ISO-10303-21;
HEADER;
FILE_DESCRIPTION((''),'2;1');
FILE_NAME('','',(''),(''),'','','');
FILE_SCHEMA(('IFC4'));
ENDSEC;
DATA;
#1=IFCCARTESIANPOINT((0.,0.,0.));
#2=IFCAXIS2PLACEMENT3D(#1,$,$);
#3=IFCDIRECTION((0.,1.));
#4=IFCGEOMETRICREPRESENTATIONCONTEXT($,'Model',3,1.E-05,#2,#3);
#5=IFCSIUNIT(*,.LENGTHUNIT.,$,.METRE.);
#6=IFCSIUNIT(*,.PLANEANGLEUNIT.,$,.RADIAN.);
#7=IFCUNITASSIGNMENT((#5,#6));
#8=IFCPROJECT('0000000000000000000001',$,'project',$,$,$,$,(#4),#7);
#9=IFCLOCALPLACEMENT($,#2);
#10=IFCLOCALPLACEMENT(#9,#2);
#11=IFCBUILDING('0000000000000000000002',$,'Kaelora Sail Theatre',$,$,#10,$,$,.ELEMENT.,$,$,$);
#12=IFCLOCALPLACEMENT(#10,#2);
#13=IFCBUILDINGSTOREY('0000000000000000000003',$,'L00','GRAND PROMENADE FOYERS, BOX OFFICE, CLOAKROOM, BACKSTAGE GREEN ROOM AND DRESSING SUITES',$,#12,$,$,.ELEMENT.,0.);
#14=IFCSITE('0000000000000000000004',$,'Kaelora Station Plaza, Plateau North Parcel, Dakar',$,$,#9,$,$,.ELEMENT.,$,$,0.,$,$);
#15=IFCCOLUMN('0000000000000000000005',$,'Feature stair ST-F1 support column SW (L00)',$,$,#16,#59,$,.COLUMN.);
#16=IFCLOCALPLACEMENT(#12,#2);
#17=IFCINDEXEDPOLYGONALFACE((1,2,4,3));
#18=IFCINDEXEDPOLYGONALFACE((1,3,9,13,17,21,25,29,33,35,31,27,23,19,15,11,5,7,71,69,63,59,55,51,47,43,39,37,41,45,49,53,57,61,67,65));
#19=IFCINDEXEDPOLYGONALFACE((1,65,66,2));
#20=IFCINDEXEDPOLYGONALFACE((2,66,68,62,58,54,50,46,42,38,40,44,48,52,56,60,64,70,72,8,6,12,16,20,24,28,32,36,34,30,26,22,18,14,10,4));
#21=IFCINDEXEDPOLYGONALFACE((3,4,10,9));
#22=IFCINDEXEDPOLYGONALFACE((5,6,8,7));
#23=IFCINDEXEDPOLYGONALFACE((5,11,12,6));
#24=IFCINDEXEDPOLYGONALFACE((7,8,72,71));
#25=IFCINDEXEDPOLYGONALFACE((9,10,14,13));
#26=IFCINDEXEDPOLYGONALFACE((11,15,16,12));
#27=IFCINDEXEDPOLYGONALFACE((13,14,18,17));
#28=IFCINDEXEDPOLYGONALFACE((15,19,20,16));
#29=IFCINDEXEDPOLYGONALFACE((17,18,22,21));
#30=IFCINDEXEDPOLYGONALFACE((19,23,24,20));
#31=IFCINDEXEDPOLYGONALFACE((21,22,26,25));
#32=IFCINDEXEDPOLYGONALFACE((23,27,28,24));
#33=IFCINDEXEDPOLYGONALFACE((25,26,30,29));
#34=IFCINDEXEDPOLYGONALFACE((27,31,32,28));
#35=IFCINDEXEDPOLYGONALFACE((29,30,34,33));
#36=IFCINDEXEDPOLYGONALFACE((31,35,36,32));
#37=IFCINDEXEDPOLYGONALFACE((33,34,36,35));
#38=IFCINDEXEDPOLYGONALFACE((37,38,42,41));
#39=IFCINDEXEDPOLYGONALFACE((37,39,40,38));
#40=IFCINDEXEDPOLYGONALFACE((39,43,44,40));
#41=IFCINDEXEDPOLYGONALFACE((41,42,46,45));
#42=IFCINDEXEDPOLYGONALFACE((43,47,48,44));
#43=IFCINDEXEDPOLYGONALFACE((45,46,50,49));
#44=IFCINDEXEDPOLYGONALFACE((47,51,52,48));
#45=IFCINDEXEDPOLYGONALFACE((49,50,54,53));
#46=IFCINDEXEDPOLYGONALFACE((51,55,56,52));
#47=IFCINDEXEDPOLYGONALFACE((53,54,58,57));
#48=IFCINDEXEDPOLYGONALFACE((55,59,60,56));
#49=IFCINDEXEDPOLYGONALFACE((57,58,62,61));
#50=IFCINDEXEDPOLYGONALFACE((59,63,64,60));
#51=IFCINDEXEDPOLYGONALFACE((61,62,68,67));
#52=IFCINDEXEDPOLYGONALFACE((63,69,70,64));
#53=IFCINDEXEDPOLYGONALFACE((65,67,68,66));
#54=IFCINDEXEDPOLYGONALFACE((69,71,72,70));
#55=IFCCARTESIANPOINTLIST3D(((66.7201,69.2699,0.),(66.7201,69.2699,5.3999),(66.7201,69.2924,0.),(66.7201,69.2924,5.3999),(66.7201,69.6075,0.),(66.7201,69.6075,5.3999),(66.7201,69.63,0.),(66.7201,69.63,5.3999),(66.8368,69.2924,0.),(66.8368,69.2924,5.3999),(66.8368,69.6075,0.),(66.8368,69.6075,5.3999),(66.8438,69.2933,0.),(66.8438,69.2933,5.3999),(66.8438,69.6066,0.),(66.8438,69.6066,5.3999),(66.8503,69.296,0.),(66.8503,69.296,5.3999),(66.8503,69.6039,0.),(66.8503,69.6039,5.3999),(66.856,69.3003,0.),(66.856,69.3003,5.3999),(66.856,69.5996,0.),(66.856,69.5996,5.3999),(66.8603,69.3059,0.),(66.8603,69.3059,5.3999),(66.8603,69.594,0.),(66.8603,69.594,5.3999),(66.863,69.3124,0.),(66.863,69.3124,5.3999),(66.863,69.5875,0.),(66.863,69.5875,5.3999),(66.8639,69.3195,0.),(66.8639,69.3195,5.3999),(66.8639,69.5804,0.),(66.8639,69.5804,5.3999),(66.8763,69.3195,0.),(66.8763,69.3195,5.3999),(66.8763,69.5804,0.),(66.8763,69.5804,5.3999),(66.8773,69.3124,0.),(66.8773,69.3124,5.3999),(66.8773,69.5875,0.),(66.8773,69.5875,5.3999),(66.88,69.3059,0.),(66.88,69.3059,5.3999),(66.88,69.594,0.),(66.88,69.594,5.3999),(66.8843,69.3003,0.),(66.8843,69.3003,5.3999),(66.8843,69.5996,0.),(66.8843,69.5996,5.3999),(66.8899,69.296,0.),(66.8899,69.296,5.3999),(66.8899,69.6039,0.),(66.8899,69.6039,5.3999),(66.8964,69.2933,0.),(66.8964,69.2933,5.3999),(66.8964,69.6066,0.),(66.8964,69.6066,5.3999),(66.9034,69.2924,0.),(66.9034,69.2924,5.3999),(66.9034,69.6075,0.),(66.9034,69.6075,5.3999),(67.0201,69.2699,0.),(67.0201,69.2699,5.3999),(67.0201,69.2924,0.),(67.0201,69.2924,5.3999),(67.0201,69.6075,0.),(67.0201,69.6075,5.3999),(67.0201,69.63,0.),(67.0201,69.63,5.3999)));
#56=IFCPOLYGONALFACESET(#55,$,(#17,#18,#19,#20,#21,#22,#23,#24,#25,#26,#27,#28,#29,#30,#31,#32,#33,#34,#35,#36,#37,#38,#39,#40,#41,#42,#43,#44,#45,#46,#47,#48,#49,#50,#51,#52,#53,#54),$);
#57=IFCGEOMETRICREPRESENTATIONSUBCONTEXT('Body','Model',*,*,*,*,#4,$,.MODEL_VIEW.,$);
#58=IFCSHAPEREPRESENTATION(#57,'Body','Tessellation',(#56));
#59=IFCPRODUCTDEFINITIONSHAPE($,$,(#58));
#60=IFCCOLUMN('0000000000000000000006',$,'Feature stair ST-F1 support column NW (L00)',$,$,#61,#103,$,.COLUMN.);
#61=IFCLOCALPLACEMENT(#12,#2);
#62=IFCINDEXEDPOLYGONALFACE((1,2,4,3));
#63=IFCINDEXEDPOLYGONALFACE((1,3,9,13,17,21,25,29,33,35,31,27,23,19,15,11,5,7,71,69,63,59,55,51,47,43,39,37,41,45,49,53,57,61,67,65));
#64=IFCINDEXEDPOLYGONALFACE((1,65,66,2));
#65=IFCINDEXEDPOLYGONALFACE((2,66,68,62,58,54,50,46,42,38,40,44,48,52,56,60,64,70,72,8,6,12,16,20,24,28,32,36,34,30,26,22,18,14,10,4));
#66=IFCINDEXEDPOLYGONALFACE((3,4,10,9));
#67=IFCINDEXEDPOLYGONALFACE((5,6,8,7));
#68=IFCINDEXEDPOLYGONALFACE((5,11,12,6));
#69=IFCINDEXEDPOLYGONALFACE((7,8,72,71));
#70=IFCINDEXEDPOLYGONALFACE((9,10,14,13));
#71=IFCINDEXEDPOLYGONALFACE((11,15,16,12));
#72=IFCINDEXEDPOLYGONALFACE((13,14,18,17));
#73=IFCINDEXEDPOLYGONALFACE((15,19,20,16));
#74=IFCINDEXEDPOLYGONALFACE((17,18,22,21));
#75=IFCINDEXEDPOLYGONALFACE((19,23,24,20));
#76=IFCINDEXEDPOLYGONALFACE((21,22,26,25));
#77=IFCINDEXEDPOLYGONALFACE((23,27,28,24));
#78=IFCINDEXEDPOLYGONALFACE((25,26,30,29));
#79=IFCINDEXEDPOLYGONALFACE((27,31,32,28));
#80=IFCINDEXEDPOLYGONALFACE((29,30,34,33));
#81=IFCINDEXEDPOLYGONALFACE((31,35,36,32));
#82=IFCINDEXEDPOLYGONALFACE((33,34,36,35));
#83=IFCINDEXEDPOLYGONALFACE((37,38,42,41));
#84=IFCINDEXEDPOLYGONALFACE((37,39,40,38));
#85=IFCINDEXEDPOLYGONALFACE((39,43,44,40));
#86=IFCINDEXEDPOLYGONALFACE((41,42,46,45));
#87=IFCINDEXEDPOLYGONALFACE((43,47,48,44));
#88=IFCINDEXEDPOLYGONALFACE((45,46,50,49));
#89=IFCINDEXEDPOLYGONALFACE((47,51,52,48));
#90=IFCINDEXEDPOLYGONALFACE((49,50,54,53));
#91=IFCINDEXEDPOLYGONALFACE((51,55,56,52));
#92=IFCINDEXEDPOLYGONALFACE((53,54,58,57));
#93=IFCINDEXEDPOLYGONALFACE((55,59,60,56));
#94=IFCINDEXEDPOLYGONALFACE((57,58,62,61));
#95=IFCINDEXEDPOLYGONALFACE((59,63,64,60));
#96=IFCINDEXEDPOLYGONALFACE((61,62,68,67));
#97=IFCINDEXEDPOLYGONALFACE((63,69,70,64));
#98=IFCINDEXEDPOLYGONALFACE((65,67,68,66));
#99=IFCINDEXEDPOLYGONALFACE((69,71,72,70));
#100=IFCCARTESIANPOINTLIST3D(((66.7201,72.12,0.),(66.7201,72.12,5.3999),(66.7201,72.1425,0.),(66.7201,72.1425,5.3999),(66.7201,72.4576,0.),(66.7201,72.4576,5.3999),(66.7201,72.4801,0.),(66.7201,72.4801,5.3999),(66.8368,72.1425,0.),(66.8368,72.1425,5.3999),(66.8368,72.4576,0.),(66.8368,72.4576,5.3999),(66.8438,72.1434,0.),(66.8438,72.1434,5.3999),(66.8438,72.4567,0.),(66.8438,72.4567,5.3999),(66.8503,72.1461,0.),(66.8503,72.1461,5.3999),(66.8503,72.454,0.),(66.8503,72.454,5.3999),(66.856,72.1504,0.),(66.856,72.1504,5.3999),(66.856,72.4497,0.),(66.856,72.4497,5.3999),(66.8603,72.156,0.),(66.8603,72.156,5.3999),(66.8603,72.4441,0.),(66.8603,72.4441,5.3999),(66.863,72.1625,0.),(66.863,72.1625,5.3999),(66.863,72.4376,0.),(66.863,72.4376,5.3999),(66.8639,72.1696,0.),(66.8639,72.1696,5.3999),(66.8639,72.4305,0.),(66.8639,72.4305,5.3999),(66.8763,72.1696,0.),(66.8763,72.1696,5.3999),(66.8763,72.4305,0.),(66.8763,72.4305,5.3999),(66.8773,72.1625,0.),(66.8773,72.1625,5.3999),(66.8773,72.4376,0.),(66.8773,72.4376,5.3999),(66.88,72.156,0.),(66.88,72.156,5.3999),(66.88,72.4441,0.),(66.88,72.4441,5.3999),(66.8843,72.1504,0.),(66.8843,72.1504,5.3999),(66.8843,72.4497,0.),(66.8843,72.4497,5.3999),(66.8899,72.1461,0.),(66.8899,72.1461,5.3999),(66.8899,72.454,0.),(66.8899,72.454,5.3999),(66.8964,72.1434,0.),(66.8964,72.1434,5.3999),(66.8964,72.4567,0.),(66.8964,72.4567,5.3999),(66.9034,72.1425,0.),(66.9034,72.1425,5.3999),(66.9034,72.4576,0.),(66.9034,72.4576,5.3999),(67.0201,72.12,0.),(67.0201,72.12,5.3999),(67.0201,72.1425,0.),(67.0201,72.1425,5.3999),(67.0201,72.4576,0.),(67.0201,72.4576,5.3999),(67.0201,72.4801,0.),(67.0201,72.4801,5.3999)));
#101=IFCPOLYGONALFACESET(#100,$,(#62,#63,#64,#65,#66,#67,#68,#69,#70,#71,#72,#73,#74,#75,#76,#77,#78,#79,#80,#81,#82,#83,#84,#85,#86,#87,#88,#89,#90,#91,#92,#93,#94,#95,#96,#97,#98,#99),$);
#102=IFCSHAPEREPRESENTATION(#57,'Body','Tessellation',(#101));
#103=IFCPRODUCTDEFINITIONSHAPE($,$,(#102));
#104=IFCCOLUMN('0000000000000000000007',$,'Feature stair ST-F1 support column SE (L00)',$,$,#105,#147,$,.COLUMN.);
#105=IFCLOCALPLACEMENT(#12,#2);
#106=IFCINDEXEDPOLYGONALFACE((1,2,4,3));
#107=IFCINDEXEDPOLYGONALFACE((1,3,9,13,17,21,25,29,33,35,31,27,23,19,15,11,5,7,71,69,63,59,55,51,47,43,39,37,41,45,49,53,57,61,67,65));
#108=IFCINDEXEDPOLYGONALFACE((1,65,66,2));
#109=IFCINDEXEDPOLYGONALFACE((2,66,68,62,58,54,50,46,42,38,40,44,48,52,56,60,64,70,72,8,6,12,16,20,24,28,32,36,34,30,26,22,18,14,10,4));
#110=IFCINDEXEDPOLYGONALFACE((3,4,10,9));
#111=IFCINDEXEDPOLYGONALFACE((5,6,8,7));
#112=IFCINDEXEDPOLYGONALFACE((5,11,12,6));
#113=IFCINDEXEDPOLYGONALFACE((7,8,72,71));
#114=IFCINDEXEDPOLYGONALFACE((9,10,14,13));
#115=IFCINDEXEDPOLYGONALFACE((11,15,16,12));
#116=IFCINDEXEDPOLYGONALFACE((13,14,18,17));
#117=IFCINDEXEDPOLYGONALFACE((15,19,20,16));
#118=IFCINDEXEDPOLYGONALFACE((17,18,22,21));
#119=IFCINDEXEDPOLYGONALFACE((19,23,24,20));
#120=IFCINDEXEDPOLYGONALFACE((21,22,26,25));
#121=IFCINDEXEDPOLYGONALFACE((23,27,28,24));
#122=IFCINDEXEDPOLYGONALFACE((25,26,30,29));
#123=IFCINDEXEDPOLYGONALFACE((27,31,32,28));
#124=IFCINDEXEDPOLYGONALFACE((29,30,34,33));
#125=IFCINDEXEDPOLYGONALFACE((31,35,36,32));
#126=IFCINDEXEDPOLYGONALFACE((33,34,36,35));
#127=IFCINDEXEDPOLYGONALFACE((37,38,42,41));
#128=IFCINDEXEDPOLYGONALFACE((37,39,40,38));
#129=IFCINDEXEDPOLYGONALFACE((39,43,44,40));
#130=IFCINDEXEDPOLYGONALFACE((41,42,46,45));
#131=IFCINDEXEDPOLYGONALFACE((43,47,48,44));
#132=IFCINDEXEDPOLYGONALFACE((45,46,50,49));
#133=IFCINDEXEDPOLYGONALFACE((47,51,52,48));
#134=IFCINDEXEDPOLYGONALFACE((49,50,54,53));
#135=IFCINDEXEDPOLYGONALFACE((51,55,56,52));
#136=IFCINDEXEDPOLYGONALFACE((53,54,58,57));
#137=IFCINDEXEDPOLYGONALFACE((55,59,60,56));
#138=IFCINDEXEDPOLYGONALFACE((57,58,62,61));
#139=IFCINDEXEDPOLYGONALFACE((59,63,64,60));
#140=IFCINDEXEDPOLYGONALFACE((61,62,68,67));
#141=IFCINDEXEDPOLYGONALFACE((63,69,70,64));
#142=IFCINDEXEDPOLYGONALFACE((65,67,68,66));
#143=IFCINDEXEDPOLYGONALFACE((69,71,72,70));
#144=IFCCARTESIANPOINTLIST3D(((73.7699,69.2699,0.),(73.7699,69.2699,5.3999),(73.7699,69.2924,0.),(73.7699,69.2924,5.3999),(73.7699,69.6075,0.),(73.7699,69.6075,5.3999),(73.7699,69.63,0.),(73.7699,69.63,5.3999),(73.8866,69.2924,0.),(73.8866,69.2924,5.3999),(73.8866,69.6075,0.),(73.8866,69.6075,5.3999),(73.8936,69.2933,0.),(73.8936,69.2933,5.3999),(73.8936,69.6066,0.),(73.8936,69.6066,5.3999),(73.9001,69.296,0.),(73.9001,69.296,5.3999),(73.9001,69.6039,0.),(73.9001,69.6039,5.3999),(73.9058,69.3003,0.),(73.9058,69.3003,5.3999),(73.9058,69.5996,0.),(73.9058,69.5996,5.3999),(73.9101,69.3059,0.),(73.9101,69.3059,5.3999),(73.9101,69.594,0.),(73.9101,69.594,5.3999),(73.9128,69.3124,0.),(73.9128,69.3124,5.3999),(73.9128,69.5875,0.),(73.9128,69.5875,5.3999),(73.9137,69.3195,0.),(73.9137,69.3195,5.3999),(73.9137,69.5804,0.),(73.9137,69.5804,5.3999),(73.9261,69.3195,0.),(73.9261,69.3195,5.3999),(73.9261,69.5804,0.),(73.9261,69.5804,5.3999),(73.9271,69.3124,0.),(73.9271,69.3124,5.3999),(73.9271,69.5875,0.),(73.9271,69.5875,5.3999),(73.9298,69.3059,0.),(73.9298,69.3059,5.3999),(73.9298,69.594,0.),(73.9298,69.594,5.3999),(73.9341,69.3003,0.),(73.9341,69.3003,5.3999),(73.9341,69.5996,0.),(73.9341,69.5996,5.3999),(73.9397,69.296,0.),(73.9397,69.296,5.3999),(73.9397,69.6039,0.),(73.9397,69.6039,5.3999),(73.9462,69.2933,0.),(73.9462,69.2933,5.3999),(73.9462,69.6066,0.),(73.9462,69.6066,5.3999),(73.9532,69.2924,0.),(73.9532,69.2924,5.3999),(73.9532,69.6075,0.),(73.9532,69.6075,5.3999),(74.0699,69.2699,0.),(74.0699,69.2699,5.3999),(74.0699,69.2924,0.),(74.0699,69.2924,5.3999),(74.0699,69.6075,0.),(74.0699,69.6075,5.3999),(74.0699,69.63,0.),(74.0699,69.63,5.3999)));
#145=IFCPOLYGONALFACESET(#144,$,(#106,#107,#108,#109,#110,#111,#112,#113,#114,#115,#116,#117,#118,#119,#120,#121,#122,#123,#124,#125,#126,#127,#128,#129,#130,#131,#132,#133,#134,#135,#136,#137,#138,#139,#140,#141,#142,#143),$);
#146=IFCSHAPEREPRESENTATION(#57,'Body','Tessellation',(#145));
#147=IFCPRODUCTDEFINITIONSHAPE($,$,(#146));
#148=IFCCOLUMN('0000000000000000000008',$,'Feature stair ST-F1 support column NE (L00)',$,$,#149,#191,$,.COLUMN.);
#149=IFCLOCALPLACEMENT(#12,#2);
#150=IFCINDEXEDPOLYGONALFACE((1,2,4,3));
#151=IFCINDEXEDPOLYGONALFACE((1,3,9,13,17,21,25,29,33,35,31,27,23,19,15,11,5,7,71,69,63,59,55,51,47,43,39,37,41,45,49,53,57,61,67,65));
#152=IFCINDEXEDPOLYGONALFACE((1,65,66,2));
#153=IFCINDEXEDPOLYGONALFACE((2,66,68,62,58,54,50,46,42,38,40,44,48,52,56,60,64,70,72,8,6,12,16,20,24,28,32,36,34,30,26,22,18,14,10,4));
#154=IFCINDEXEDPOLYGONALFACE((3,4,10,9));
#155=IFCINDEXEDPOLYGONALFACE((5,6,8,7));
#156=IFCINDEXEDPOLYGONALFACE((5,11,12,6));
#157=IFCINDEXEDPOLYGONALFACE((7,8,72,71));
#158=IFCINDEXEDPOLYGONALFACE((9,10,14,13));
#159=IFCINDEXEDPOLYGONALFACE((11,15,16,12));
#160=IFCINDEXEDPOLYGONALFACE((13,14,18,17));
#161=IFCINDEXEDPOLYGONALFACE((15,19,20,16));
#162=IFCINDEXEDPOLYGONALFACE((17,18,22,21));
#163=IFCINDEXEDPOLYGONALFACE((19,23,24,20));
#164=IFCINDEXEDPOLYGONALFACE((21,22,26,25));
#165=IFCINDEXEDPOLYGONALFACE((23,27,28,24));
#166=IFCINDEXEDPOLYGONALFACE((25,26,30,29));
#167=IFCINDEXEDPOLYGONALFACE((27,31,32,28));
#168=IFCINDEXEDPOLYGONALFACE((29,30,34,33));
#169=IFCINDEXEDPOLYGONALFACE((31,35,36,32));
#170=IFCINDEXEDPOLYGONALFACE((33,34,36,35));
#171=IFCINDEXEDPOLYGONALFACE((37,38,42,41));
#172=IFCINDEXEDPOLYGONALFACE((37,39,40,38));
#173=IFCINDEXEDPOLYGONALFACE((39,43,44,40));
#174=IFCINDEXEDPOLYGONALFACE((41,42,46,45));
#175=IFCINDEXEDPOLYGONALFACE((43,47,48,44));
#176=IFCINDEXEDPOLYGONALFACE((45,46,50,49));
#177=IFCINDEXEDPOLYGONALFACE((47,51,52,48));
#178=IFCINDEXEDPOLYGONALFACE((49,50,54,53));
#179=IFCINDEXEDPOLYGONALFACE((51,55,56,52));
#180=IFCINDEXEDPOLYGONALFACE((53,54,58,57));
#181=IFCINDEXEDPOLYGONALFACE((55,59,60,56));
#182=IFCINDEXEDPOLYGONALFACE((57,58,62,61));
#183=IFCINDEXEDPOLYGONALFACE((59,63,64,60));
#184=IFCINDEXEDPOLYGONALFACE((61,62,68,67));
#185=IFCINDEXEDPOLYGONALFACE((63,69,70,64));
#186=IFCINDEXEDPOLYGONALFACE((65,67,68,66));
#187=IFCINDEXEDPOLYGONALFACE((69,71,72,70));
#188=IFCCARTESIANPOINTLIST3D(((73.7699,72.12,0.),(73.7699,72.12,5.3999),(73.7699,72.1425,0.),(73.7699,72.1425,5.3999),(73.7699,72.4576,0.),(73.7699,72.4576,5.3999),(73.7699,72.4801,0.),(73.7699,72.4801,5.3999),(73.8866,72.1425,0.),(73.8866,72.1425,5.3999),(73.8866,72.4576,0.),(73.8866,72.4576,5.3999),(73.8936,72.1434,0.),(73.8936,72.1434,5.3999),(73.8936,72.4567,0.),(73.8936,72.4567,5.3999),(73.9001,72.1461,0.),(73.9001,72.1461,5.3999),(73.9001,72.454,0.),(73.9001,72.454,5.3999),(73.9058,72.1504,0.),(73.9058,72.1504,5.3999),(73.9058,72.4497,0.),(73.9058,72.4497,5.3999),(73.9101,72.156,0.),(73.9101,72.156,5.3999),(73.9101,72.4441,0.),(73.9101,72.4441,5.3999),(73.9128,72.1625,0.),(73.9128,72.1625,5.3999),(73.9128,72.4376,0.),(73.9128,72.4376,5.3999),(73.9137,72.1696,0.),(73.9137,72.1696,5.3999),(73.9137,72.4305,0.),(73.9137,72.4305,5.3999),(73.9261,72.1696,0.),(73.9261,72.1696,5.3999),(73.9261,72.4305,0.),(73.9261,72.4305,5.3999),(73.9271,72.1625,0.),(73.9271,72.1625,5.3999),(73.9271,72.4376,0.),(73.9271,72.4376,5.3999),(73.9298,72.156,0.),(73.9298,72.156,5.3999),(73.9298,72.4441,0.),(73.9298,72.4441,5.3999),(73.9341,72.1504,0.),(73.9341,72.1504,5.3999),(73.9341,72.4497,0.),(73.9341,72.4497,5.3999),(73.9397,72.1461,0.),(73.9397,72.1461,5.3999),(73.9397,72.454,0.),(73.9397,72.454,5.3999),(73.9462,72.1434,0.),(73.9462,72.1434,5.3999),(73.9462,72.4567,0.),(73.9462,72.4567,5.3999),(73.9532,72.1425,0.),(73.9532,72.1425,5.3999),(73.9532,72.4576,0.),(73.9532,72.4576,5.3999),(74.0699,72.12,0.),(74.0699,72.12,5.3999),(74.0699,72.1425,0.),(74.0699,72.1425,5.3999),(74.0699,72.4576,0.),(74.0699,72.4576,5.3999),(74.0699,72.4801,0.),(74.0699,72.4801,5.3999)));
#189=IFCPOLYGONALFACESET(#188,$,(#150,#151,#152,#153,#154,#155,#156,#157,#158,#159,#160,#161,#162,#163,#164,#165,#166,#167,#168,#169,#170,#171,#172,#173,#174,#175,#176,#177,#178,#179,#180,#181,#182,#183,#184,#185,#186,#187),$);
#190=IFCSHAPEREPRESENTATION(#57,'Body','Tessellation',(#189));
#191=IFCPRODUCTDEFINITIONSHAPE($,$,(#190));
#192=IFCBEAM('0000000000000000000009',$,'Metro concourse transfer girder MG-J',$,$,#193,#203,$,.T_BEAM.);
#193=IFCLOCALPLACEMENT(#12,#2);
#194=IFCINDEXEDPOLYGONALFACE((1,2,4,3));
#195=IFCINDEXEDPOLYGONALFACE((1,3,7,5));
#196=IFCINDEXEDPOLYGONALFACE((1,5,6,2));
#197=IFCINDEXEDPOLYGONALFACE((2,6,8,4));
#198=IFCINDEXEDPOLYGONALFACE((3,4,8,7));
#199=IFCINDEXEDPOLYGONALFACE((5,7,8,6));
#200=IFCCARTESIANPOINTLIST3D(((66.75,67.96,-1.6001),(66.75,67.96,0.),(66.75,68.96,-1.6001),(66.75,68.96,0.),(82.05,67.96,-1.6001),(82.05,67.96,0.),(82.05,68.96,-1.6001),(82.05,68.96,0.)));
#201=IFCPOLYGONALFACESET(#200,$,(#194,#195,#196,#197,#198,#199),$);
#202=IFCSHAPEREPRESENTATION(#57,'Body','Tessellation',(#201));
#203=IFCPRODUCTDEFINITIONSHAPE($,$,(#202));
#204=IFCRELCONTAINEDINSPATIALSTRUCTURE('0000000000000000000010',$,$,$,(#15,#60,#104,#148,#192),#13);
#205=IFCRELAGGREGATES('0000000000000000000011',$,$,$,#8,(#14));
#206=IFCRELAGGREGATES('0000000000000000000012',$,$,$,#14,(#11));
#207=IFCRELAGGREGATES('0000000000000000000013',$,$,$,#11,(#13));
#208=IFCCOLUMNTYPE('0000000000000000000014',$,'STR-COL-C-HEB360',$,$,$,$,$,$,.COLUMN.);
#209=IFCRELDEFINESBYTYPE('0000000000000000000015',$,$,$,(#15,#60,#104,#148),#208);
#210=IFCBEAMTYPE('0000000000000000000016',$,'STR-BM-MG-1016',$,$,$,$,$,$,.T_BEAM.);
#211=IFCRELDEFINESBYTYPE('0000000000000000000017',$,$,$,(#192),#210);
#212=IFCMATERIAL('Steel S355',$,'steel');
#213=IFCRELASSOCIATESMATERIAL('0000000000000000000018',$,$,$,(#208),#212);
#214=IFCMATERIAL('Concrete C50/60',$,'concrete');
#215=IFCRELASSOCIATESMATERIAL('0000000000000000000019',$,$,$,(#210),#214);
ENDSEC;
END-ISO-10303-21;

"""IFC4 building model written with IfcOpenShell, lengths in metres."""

from ifc_helpers import new_model, si_unit, direction, frame, origin, origin_2d, place, context, subcontext, project, spatial, rectangle, i_section, extrude, material, material_profile, profile_set, type_object, element, save


model = new_model("IFC4")

# Units and contexts
model_context = context("Model", 3, precision=1e-05, world=origin(), true_north=direction((0.0, 1.0)))
body_context = subcontext(model_context, "Body", "Model", "MODEL_VIEW")
ifc_project = project(units=[si_unit("LENGTHUNIT", "METRE"), si_unit("PLANEANGLEUNIT", "RADIAN")], contexts=[model_context])

# Site, building, storey
site_placement = place(None, origin())
site = spatial("IfcSite", under=ifc_project, at=site_placement, Name="Kaelora Station Plaza, Plateau North Parcel, Dakar", CompositionType="ELEMENT", RefElevation=0.0)
building_placement = place(site_placement, origin())
building = spatial("IfcBuilding", under=site, at=building_placement, Name="Kaelora Sail Theatre", CompositionType="ELEMENT")
storey_placement = place(building_placement, origin())
storey = spatial("IfcBuildingStorey", under=building, at=storey_placement, Name="L00", Description="GRAND PROMENADE FOYERS, BOX OFFICE, CLOAKROOM, BACKSTAGE GREEN ROOM AND DRESSING SUITES", CompositionType="ELEMENT", Elevation=0.0)

# Columns
ifc_material_1 = material(Name="Steel S355", Category="steel")
ifc_material_profile_1 = material_profile(ifc_material_1, i_section(OverallWidth=0.3, OverallDepth=0.3601, WebThickness=0.0125, FlangeThickness=0.0225, FilletRadius=0.0271, at=origin_2d()), Name="HEB 360")
ifc_profile_set_1 = profile_set([ifc_material_profile_1], Name="Steel S355")
column_type = type_object("IfcColumnType", Name="STR-COL-C-HEB360", PredefinedType="COLUMN", material=ifc_profile_set_1)
for number, where, z_axis, x_axis, name in (
    (1, (66.8701, 69.45, 0.0), (0.0, 0.0, 1.0), (1.0, 0.0, 0.0), "Feature stair ST-F1 support column SW (L00)"),
    (2, (66.8701, 72.3, 0.0), (0.0, 0.0, 1.0), (1.0, 0.0, 0.0), "Feature stair ST-F1 support column NW (L00)"),
    (3, (73.9199, 69.45, 0.0), (0.0, 0.0, 1.0), (1.0, 0.0, 0.0), "Feature stair ST-F1 support column SE (L00)"),
    (4, (73.9199, 72.3, 0.0), (0.0, 0.0, 1.0), (1.0, 0.0, 0.0), "Feature stair ST-F1 support column NE (L00)"),
):
    element("IfcColumn", number, at=place(storey_placement, frame(where, z_axis=z_axis, x_axis=x_axis)), inside=storey, type_object=column_type, Name=name, PredefinedType="COLUMN", context=body_context, shape_type="SweptSolid", body=[
        extrude(i_section(OverallWidth=0.3, OverallDepth=0.3601, WebThickness=0.0125, FlangeThickness=0.0225, FilletRadius=0.0271, at=origin_2d()), origin(), (0.0, 0.0, 1.0), 5.3999),
    ])

# Beam
ifc_material_2 = material(Name="Concrete C50/60", Category="concrete")
ifc_material_profile_2 = material_profile(ifc_material_2, rectangle(XDim=1.0, YDim=1.6001, at=origin_2d()), Name="RC-TG 1000x1600")
ifc_profile_set_2 = profile_set([ifc_material_profile_2], Name="Concrete C50/60")
beam_type = type_object("IfcBeamType", Name="STR-BM-MG-1016", PredefinedType="T_BEAM", material=ifc_profile_set_2)
beam_placement = place(storey_placement, frame((66.75, 68.46, -0.8), z_axis=(1.0, 0.0, 0.0), x_axis=(0.0, 1.0, 0.0)))
element("IfcBeam", 5, at=beam_placement, inside=storey, type_object=beam_type, Name="Metro concourse transfer girder MG-J", PredefinedType="T_BEAM", context=body_context, shape_type="SweptSolid", body=[
    extrude(rectangle(XDim=1.0, YDim=1.6001, at=origin_2d()), origin(), (0.0, 0.0, 1.0), 15.3),
])

save(model, "model.ifc")
